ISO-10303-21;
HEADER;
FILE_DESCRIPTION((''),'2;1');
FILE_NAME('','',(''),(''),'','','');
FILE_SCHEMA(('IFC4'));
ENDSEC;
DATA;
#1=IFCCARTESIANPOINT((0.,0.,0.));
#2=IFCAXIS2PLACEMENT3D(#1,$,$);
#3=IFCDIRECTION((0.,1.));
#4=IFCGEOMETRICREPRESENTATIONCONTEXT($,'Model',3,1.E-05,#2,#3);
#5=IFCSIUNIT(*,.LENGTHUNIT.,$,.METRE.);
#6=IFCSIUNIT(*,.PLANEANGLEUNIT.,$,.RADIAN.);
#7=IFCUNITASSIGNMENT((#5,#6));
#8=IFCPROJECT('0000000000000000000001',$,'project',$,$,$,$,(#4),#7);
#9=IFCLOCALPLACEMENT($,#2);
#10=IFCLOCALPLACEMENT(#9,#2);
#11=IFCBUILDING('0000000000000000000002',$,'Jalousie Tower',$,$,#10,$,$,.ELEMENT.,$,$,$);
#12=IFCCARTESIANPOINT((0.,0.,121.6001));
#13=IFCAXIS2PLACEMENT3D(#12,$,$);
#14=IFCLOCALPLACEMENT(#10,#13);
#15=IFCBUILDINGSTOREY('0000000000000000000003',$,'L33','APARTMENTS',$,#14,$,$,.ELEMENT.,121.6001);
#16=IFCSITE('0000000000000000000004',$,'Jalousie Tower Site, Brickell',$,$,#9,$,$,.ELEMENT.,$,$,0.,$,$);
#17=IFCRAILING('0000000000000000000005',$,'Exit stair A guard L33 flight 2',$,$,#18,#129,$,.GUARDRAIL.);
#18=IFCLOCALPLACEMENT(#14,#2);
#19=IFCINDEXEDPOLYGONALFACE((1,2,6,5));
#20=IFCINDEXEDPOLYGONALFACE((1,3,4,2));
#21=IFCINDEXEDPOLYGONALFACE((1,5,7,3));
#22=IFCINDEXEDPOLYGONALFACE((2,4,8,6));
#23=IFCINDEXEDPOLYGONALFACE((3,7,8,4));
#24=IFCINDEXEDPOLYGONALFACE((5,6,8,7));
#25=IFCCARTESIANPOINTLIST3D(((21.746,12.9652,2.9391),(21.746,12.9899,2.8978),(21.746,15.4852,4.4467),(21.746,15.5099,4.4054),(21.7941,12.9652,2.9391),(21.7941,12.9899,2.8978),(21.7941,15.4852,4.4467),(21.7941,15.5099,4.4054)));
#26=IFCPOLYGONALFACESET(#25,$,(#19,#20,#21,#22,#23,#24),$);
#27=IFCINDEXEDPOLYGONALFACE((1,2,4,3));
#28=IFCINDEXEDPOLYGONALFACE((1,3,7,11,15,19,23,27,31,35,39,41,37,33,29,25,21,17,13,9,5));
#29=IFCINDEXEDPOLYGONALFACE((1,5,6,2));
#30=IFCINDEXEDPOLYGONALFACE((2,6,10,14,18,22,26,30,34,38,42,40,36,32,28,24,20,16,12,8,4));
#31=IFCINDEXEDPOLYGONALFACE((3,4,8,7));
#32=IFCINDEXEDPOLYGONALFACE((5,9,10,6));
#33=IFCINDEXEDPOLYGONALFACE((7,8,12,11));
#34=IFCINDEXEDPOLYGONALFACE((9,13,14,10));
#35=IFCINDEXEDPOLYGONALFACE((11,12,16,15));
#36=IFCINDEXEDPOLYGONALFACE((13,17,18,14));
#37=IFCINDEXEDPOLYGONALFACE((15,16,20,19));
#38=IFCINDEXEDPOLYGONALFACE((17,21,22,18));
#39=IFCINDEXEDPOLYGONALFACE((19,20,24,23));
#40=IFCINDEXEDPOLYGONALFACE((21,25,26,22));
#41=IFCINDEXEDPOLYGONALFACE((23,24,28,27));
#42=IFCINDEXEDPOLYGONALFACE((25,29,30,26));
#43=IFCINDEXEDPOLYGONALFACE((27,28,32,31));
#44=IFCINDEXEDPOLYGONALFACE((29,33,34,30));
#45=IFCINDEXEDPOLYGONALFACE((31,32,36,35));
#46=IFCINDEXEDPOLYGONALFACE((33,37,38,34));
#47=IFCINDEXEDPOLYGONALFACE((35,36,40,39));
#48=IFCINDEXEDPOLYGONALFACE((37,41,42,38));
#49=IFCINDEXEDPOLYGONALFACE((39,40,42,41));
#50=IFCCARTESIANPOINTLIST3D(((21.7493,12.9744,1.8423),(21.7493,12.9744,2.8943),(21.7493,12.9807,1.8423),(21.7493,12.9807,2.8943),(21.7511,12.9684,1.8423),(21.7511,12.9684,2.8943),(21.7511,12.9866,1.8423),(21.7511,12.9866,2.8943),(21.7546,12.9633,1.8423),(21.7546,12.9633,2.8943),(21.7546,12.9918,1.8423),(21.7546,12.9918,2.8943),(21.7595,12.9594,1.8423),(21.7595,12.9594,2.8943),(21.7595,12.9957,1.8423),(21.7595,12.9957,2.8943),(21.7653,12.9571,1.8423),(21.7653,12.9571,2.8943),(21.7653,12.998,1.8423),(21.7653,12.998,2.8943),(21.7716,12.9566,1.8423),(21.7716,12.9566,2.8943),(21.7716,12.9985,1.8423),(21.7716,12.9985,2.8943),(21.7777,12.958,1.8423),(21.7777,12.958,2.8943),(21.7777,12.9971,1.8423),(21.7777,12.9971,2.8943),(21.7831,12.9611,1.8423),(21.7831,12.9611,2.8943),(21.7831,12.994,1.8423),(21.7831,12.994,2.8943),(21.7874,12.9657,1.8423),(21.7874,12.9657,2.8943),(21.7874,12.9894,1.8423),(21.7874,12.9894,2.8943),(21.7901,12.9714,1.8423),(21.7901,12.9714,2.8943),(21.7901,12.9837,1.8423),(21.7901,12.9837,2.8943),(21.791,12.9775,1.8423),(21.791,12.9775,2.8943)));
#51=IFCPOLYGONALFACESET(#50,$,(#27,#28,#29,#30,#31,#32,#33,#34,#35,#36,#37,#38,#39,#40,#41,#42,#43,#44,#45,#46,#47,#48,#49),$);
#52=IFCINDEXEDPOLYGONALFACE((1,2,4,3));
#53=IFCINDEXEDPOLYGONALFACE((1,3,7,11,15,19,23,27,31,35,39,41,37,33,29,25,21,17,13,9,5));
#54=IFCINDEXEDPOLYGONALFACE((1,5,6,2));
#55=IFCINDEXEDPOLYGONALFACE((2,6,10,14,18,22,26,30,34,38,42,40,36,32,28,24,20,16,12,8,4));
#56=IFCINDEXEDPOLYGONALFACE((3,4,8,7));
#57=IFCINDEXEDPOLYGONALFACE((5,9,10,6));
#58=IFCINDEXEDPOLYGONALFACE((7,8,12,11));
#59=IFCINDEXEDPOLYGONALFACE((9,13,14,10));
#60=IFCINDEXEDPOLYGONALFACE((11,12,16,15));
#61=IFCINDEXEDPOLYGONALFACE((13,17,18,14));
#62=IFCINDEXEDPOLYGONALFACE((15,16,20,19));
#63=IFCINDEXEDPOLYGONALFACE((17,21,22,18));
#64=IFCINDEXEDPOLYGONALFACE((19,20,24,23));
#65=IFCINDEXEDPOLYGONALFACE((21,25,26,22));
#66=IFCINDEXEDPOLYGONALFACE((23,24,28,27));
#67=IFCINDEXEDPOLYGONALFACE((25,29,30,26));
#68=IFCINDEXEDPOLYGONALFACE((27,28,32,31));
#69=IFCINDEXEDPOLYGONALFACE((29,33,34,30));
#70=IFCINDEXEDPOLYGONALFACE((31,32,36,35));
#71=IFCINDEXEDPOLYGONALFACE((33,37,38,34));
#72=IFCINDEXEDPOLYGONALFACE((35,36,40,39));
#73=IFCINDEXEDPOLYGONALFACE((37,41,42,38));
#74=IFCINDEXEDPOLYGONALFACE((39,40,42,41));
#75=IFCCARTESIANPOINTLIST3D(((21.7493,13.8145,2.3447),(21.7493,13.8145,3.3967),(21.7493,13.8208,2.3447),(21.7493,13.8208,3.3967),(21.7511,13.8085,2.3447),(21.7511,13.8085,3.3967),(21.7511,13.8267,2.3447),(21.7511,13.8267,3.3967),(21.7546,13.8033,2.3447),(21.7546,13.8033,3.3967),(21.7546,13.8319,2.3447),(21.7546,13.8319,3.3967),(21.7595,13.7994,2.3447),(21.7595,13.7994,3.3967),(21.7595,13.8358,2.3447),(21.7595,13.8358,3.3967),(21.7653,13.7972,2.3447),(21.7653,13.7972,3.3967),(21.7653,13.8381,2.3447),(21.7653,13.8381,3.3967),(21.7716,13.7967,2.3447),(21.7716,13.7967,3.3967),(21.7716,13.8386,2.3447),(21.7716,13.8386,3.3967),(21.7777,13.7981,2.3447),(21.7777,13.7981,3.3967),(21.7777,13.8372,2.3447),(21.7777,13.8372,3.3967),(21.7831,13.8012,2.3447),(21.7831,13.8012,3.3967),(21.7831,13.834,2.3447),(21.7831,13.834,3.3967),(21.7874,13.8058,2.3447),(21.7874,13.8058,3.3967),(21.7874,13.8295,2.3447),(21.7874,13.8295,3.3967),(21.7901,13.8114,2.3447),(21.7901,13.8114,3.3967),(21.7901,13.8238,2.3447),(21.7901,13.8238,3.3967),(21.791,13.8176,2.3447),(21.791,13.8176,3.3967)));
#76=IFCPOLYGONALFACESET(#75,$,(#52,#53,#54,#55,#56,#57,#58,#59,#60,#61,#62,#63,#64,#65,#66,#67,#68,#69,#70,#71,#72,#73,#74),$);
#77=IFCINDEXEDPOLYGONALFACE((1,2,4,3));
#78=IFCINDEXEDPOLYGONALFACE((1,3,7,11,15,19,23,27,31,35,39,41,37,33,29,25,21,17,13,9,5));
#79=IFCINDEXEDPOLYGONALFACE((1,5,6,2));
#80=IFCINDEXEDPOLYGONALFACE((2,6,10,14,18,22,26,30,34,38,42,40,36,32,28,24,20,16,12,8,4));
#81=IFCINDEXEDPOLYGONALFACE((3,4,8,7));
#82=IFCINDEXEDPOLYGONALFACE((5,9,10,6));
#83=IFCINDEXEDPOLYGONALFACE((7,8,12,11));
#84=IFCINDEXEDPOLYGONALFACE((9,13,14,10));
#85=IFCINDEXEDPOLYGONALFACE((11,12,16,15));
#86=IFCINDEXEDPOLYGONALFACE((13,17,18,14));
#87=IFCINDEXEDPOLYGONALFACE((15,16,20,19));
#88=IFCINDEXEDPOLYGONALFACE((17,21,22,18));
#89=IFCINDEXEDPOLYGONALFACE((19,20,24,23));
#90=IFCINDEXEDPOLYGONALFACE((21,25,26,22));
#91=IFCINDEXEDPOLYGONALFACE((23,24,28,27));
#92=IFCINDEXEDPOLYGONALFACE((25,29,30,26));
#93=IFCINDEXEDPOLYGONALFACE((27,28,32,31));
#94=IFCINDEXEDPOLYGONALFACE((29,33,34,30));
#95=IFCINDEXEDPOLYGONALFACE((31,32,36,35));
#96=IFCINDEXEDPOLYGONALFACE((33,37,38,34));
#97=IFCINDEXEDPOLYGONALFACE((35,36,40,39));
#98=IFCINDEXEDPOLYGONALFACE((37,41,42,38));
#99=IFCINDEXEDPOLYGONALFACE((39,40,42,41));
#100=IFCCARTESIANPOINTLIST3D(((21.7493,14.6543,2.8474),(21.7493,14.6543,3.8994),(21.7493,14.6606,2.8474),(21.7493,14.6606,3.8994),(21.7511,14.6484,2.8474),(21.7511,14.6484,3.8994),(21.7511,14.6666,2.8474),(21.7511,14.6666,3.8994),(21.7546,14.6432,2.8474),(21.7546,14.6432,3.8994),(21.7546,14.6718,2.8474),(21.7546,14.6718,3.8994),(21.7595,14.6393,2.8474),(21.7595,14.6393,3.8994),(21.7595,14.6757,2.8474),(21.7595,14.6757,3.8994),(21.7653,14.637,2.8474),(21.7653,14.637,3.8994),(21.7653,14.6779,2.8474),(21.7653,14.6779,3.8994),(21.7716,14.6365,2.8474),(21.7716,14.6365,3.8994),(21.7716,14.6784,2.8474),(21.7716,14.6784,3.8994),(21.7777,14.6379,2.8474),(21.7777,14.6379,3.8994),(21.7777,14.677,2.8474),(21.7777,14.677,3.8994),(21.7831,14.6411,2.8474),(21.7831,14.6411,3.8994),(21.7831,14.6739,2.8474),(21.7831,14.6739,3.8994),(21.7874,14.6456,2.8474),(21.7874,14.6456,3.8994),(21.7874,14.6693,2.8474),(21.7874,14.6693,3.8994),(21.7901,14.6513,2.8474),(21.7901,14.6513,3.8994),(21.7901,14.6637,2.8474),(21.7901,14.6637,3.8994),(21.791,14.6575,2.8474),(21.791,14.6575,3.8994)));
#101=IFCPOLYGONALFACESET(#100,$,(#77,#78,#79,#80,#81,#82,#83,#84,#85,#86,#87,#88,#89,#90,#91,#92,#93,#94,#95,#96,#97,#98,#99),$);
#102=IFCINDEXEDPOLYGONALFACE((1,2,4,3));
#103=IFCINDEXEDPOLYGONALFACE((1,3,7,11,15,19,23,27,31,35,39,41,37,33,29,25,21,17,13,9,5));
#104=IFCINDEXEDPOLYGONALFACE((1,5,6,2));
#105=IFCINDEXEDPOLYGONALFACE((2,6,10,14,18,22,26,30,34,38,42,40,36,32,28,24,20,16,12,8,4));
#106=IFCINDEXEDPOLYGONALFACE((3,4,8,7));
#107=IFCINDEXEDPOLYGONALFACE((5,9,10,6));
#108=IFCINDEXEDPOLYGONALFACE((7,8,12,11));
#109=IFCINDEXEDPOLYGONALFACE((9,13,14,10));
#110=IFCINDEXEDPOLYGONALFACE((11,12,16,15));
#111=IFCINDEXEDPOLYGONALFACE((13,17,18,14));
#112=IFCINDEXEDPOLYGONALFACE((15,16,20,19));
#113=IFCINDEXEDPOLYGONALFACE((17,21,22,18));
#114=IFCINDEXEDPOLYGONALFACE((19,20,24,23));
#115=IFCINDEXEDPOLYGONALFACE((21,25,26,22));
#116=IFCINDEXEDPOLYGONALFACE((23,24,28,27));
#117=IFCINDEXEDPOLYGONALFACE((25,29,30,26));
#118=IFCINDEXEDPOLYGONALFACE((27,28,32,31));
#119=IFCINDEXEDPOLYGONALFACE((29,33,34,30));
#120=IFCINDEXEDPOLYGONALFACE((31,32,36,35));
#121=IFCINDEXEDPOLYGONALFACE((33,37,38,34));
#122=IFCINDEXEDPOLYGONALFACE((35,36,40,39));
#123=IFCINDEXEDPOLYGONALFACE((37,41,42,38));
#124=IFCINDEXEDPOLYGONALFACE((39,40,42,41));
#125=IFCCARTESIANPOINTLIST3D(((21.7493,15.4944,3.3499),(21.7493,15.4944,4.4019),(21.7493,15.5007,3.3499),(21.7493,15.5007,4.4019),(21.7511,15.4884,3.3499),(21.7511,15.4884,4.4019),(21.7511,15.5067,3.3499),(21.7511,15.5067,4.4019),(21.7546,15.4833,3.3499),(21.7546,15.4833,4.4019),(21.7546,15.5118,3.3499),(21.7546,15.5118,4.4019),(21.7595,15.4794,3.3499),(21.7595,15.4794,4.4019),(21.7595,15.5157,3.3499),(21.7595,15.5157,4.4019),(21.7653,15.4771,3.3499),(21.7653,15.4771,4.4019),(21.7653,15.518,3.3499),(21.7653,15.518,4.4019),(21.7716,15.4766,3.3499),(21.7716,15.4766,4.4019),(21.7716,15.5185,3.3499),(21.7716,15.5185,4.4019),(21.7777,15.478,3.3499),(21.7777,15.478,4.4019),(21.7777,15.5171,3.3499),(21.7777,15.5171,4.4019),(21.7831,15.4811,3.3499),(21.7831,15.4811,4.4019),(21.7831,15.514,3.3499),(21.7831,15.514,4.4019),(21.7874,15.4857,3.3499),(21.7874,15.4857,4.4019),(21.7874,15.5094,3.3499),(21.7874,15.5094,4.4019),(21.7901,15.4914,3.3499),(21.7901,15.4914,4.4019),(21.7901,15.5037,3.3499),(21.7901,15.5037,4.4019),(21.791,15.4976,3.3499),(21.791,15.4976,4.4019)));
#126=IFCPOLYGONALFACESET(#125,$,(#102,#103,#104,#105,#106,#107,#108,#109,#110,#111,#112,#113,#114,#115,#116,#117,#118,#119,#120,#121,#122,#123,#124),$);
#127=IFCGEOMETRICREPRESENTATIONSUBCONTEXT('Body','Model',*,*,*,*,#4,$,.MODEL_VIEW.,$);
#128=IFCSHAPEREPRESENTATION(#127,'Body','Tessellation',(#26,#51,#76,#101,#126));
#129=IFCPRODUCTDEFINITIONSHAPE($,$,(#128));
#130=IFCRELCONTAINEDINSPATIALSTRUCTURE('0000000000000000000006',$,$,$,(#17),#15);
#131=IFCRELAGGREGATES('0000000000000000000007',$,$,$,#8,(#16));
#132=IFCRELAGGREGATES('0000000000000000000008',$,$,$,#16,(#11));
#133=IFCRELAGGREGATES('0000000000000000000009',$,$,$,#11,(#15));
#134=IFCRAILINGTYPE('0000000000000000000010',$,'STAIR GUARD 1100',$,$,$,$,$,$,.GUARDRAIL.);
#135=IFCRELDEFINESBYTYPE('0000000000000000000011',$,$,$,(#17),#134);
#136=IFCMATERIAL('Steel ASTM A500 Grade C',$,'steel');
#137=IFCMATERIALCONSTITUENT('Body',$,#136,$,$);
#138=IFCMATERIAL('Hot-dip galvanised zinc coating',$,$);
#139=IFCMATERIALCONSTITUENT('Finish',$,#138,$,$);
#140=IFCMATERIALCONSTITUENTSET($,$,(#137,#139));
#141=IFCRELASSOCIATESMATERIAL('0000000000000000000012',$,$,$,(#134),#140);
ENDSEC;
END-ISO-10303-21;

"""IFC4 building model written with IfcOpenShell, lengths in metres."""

from ifc_helpers import new_model, si_unit, direction, frame, origin, origin_2d, place, context, subcontext, project, spatial, rectangle, circle, extrude, material, constituent, constituent_set, type_object, element, save


model = new_model("IFC4")

# Units and contexts
model_context = context("Model", 3, precision=1e-05, world=origin(), true_north=direction((0.0, 1.0)))
body_context = subcontext(model_context, "Body", "Model", "MODEL_VIEW")
ifc_project = project(units=[si_unit("LENGTHUNIT", "METRE"), si_unit("PLANEANGLEUNIT", "RADIAN")], contexts=[model_context])

# Site, building, storey
site_placement = place(None, origin())
site = spatial("IfcSite", under=ifc_project, at=site_placement, Name="Jalousie Tower Site, Brickell", CompositionType="ELEMENT", RefElevation=0.0)
building_placement = place(site_placement, origin())
building = spatial("IfcBuilding", under=site, at=building_placement, Name="Jalousie Tower", CompositionType="ELEMENT")
storey_placement = place(building_placement, frame((0.0, 0.0, 121.6001)))
storey = spatial("IfcBuildingStorey", under=building, at=storey_placement, Name="L33", Description="APARTMENTS", CompositionType="ELEMENT", Elevation=121.6001)

# Railing
ifc_material_1 = material(Name="Steel ASTM A500 Grade C", Category="steel")
ifc_constituent_1 = constituent(ifc_material_1, Name="Body")
ifc_material_2 = material(Name="Hot-dip galvanised zinc coating")
ifc_constituent_2 = constituent(ifc_material_2, Name="Finish")
ifc_constituent_set_1 = constituent_set(constituents=[ifc_constituent_1, ifc_constituent_2])
railing_type_1 = type_object("IfcRailingType", Name="STAIR GUARD 1100", PredefinedType="GUARDRAIL", material=ifc_constituent_set_1)
railing_1_placement = place(storey_placement, frame((21.77, 12.9775, 1.8423)))
element("IfcRailing", 1, at=railing_1_placement, inside=storey, type_object=railing_type_1, Name="Exit stair A guard L33 flight 2", PredefinedType="GUARDRAIL", context=body_context, shape_type="SweptSolid", body=[
    extrude(rectangle(XDim=0.0481, YDim=0.0481, at=origin_2d()), frame((0.0, 0.0, 1.0762), z_axis=(0.0, 0.85816, 0.513383), x_axis=(-1.0, 0.0, 0.0)), (0.0, 0.0, 1.0), 2.9365),
    extrude(circle(Radius=0.021, at=origin_2d()), origin(), (0.0, 0.0, 1.0), 1.052),
    extrude(circle(Radius=0.021, at=origin_2d()), frame((0.0, 0.8401, 0.5024)), (0.0, 0.0, 1.0), 1.052),
    extrude(circle(Radius=0.021, at=origin_2d()), frame((0.0, 1.6799, 1.0051)), (0.0, 0.0, 1.0), 1.052),
    extrude(circle(Radius=0.021, at=origin_2d()), frame((0.0, 2.52, 1.5076)), (0.0, 0.0, 1.0), 1.052),
])

save(model, "model.ifc")
